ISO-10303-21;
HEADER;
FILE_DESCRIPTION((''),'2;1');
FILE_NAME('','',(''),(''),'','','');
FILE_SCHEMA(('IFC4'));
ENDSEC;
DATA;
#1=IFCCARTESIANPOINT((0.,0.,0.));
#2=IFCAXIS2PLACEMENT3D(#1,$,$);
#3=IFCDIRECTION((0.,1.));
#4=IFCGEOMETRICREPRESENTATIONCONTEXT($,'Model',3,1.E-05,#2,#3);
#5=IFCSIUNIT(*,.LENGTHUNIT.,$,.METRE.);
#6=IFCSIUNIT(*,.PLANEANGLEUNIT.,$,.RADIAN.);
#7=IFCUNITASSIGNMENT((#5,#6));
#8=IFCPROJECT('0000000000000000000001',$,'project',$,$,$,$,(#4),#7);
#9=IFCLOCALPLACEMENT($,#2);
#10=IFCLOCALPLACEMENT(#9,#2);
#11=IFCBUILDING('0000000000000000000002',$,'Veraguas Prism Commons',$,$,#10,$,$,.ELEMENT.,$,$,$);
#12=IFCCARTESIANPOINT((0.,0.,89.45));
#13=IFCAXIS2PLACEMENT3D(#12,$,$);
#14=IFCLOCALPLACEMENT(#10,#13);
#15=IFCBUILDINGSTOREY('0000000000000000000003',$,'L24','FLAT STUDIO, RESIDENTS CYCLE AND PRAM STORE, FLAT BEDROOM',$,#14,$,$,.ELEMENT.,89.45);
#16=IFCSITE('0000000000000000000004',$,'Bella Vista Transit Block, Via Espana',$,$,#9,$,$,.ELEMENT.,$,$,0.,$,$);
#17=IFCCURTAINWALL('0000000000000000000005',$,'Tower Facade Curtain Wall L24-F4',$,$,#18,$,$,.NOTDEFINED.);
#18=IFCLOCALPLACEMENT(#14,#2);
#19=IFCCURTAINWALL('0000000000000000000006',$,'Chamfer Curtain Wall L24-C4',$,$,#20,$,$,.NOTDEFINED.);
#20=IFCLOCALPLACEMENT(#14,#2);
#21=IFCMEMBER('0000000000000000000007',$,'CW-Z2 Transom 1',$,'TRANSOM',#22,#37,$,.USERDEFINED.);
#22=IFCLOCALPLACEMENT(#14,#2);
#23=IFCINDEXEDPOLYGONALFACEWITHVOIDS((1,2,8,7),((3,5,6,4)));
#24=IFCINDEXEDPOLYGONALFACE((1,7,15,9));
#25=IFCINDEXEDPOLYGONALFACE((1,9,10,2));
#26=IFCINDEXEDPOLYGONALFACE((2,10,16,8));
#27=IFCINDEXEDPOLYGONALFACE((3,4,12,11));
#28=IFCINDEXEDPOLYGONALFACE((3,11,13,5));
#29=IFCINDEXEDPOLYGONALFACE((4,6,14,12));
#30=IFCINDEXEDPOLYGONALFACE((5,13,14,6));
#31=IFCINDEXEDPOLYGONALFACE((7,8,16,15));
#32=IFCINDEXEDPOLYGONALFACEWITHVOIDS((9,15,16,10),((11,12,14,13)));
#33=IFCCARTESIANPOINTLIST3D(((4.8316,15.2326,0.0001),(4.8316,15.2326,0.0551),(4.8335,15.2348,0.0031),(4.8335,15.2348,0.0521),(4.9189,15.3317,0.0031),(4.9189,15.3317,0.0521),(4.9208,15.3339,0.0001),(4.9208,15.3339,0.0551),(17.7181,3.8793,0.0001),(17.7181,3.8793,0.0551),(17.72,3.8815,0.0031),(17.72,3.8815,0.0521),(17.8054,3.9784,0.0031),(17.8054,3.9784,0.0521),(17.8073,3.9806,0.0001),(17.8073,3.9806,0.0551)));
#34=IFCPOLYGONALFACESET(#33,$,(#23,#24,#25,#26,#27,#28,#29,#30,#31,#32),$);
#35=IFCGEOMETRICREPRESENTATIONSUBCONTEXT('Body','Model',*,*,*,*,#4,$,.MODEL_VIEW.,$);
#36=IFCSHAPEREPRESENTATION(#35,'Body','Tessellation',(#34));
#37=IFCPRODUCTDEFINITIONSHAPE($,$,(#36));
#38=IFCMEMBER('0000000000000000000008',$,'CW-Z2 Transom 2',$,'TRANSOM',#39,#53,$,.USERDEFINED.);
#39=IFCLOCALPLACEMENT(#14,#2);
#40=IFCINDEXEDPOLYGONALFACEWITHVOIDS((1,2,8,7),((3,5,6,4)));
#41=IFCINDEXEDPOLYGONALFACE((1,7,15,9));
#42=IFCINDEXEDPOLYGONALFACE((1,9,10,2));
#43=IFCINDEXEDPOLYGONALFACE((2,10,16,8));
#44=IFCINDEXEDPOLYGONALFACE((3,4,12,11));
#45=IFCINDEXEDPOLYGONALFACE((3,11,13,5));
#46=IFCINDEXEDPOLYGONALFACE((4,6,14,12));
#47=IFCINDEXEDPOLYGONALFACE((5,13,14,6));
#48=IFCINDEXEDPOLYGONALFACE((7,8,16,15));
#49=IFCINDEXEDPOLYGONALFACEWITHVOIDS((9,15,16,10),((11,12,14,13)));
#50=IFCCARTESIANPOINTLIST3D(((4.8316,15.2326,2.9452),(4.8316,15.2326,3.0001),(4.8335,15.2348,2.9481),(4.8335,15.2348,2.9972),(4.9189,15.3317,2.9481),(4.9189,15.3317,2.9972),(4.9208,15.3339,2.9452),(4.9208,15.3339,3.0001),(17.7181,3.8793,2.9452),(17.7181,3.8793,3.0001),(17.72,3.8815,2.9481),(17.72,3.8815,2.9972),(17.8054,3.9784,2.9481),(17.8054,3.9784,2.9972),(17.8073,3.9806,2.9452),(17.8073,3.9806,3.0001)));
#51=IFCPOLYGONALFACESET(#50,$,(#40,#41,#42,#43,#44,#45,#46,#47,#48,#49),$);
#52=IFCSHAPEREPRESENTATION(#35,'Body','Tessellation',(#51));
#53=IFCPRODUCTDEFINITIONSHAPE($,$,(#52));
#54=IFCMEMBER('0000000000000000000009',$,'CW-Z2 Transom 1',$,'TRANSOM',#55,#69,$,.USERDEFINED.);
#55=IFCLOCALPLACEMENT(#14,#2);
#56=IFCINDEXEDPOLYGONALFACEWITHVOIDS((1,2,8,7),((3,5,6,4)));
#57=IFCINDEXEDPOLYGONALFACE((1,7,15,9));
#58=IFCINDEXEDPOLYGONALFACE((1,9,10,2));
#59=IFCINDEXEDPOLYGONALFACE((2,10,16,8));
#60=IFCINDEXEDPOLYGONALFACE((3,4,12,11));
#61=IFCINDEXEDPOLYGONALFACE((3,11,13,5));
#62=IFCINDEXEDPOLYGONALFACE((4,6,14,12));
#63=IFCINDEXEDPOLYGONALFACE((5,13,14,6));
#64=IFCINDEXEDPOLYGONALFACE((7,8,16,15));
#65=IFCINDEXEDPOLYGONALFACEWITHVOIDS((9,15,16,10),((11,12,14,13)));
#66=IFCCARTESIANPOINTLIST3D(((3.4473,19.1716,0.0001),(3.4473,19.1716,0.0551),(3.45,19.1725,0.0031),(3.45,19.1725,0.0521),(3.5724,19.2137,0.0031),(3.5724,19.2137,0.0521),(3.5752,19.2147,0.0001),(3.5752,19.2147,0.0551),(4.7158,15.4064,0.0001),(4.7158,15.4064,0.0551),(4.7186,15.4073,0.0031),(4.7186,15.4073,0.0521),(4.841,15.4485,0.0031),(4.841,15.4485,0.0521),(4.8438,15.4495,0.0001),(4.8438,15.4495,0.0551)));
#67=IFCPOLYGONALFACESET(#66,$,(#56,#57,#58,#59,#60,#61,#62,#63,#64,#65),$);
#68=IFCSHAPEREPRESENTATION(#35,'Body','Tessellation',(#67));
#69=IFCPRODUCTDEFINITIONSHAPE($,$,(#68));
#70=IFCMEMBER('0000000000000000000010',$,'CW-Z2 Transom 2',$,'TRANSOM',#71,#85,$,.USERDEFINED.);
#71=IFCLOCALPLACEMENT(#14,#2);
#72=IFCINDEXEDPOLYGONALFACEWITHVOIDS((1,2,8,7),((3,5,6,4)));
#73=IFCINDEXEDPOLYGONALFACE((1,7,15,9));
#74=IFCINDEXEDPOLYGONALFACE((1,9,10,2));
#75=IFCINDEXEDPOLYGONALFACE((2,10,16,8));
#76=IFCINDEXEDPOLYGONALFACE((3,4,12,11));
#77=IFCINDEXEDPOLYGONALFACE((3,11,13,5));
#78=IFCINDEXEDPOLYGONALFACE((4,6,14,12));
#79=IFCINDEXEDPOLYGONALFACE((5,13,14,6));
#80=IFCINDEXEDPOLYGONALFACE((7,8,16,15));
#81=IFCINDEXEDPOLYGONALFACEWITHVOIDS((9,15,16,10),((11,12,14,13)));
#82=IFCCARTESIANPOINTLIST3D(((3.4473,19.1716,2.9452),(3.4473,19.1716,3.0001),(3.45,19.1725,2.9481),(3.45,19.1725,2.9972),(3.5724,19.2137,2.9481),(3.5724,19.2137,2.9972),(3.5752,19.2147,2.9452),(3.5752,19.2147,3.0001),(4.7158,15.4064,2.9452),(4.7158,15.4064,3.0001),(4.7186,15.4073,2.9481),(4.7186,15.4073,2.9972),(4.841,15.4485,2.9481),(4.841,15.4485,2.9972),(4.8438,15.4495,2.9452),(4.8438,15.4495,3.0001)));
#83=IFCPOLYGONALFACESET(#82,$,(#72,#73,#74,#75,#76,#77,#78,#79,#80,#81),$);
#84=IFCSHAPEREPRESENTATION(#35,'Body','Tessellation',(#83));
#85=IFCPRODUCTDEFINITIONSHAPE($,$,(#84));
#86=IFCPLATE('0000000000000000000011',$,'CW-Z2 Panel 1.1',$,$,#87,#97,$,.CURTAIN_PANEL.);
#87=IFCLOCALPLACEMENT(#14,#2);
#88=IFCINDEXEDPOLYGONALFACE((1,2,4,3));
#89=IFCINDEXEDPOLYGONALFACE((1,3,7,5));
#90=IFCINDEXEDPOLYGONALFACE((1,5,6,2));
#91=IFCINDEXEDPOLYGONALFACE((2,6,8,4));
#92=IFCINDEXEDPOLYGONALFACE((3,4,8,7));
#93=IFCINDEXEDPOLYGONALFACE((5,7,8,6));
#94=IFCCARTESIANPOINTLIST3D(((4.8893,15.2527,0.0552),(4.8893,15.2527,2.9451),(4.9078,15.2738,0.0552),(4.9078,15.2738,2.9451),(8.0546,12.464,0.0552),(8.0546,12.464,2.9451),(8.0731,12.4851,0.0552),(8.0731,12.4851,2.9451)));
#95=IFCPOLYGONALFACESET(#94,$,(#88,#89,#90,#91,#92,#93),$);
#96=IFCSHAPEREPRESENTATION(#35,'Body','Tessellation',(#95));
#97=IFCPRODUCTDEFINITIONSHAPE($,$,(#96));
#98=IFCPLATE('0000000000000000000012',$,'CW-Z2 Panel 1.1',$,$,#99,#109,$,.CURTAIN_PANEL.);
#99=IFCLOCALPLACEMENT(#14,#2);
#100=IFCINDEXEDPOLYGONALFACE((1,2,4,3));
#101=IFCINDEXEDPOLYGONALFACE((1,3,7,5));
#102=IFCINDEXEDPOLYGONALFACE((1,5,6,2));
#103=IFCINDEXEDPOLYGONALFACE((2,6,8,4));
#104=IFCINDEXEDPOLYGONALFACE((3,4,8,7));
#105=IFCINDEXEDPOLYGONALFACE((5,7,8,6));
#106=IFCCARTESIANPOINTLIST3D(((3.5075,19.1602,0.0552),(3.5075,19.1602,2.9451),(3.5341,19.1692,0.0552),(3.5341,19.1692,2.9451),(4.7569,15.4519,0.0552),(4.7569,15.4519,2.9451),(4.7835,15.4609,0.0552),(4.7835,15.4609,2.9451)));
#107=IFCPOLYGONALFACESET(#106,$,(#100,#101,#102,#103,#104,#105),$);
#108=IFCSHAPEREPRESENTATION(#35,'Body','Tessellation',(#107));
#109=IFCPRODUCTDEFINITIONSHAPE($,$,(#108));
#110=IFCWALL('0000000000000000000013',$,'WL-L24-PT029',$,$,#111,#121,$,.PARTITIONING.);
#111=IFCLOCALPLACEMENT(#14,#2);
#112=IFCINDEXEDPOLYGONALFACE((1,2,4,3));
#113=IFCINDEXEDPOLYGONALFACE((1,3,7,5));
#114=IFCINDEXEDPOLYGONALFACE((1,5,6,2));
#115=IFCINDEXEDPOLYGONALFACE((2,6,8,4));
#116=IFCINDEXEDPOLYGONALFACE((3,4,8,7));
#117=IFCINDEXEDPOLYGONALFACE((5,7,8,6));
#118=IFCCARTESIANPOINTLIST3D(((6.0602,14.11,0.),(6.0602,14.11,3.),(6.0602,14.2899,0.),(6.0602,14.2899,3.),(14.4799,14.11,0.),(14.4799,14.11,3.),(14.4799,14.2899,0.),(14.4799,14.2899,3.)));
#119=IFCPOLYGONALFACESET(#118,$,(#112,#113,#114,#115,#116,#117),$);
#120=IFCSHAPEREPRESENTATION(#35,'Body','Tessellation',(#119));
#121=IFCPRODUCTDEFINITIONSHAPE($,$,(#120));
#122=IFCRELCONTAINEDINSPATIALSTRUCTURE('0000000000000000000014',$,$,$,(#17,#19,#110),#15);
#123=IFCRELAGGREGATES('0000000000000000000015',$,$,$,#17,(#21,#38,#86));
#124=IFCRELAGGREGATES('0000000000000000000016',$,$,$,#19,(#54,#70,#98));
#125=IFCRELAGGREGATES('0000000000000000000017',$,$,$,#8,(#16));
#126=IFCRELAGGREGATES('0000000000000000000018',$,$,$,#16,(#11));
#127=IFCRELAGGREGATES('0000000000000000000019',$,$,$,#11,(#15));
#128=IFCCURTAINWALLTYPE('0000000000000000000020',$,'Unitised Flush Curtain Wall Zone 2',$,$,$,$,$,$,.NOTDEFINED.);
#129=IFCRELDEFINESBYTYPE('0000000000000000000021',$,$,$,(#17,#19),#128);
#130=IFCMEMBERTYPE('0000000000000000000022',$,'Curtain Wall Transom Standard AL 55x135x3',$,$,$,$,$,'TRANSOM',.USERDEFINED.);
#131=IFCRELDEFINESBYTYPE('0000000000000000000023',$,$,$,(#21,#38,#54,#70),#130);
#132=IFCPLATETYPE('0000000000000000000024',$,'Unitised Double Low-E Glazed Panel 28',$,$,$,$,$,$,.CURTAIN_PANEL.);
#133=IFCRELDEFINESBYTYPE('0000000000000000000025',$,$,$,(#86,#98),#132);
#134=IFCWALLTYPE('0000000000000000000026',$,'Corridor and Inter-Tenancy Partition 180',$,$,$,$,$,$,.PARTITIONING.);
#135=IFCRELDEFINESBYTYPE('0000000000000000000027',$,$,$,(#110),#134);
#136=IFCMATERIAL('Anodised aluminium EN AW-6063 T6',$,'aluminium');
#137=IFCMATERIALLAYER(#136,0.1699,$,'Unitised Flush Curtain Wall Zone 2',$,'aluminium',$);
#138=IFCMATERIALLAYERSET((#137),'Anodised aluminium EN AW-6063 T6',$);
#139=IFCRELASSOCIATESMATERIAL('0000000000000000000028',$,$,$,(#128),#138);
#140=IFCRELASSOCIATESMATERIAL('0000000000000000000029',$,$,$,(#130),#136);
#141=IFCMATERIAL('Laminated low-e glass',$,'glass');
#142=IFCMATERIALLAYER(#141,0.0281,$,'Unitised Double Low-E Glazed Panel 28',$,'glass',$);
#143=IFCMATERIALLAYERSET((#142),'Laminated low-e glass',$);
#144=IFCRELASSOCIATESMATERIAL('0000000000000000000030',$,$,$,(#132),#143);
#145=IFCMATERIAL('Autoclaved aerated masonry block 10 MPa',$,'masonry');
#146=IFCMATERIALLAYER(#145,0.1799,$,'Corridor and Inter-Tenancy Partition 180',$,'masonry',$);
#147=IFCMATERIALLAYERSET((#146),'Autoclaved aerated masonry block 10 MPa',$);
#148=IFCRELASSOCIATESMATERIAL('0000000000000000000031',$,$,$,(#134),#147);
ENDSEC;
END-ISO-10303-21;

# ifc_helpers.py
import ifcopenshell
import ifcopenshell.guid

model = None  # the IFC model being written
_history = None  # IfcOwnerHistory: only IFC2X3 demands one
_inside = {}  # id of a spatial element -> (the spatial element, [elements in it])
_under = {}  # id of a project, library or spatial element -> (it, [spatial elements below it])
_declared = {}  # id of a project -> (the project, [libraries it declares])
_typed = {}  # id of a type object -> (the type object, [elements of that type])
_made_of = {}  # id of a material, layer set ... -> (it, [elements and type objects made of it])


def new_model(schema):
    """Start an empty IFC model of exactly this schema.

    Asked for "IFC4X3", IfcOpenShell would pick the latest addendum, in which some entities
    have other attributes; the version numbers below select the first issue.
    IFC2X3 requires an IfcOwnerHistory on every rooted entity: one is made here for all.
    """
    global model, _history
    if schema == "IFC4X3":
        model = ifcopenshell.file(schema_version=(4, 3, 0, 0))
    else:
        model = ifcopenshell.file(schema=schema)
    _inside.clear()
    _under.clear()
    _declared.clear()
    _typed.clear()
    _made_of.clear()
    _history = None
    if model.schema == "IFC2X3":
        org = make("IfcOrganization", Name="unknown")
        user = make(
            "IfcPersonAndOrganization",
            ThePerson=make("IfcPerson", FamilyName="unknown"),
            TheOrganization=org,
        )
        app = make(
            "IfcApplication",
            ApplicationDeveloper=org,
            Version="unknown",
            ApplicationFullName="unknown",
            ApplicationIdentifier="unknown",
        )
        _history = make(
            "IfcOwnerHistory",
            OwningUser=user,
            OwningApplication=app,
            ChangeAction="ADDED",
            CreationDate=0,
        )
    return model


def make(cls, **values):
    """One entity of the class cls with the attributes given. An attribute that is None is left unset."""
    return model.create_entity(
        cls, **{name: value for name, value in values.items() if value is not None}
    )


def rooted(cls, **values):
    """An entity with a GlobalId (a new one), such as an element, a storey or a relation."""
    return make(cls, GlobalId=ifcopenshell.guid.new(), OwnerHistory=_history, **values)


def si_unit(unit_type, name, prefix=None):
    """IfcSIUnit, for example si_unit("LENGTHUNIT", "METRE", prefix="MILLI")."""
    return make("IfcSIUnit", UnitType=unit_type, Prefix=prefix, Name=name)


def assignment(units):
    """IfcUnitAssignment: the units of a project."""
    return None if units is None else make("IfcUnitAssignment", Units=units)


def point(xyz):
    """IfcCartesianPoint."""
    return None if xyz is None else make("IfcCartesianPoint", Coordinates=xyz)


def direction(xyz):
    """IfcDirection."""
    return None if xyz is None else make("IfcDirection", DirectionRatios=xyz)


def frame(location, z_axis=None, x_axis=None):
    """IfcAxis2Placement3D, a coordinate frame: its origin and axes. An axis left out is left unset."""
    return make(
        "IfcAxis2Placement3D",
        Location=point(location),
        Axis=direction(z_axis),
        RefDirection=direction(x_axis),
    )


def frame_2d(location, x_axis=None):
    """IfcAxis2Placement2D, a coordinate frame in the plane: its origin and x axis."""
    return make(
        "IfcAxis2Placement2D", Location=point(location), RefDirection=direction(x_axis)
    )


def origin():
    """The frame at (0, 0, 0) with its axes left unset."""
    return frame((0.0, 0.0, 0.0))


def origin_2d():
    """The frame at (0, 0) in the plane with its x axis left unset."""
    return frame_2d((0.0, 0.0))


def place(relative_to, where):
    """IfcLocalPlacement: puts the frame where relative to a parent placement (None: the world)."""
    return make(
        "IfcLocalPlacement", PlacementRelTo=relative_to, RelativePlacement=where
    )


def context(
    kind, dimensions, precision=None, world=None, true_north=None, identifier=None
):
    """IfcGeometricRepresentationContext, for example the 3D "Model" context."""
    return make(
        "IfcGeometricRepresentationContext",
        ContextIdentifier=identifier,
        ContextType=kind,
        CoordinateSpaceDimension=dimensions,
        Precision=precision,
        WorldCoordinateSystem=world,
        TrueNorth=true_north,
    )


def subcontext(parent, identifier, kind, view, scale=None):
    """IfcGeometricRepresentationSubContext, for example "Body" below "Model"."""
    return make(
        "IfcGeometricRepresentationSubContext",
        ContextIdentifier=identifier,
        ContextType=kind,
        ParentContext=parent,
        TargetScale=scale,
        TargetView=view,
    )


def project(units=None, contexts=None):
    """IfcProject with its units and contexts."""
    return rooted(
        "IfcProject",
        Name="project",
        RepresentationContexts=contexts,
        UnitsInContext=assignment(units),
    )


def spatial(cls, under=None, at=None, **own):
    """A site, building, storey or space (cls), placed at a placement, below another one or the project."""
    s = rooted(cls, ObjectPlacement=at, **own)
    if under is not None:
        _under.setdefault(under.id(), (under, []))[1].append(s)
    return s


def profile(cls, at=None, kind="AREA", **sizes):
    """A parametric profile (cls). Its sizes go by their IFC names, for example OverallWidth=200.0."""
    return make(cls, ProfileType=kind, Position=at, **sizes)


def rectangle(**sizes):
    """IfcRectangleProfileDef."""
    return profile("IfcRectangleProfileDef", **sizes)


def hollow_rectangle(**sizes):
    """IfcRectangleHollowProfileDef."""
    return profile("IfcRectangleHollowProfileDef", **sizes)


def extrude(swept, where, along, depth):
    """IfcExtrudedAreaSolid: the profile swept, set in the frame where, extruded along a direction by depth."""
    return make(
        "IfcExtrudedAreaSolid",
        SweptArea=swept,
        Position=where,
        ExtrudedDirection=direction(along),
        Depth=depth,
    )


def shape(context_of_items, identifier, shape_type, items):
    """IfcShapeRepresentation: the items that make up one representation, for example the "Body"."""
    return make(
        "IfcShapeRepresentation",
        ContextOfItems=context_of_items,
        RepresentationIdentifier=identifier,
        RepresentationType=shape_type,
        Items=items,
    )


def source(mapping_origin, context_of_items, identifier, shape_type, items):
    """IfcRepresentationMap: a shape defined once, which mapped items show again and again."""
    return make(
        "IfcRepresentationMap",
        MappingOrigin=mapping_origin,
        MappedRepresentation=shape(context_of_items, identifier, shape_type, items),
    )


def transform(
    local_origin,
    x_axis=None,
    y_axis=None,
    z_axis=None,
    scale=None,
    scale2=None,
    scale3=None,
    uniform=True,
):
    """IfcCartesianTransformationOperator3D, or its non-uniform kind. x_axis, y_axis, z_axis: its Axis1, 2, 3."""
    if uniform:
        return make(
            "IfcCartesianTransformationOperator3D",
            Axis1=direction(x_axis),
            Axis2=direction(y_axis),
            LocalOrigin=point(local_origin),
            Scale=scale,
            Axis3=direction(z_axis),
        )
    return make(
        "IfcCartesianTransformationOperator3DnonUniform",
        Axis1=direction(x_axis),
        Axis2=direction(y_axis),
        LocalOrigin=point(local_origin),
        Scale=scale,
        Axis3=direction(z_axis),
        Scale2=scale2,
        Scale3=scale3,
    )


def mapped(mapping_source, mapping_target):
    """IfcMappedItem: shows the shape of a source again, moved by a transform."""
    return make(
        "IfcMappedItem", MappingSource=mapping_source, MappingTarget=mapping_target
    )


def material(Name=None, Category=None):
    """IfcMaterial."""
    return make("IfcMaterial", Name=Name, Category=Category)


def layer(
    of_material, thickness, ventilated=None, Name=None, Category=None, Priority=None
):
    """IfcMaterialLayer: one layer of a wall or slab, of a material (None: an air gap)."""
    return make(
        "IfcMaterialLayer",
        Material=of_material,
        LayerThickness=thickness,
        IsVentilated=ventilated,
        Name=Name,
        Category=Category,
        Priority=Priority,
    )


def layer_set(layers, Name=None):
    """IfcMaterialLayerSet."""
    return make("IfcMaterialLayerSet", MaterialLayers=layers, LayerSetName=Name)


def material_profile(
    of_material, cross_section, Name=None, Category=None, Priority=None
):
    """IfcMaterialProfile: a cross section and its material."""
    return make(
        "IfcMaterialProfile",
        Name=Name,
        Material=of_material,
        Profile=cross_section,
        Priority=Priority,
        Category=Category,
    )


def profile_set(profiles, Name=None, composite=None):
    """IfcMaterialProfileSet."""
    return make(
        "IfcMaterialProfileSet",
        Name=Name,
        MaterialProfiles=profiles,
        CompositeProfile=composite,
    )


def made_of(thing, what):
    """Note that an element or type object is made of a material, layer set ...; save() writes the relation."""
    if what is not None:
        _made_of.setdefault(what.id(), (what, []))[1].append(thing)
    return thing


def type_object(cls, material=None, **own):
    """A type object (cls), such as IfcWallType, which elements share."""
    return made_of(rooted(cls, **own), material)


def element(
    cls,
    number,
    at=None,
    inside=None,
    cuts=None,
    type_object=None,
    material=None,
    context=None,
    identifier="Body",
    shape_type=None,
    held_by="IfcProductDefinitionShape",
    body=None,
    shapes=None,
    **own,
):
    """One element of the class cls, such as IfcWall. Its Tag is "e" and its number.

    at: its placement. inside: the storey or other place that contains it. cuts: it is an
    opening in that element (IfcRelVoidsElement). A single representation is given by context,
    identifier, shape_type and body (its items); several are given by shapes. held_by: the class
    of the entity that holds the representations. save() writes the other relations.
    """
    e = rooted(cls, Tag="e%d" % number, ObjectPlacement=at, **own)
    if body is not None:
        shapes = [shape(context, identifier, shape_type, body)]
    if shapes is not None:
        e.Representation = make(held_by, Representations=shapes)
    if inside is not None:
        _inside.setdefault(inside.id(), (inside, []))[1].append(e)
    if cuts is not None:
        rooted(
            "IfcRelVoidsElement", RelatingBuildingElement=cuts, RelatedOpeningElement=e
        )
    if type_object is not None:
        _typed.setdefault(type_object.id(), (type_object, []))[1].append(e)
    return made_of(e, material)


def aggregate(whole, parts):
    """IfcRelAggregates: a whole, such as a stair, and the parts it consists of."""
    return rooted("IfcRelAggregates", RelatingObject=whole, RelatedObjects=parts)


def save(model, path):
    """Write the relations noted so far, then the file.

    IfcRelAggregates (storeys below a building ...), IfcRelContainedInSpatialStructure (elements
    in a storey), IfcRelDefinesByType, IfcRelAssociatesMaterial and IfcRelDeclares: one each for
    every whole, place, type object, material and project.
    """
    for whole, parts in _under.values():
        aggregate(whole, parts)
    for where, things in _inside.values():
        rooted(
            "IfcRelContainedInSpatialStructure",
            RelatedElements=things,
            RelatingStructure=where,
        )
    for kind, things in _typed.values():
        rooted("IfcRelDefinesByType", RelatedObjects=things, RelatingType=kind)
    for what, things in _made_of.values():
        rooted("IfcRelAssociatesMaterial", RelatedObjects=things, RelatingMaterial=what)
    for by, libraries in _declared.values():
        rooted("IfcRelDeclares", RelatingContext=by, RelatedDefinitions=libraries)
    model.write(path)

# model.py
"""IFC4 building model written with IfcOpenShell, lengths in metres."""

from ifc_helpers import new_model, si_unit, direction, frame, frame_2d, origin, origin_2d, place, context, subcontext, project, spatial, rectangle, hollow_rectangle, extrude, source, transform, mapped, material, layer, layer_set, material_profile, profile_set, type_object, element, aggregate, save


model = new_model("IFC4")

# Units and contexts
model_context = context("Model", 3, precision=1e-05, world=origin(), true_north=direction((0.0, 1.0)))
body_context = subcontext(model_context, "Body", "Model", "MODEL_VIEW")
ifc_project = project(units=[si_unit("LENGTHUNIT", "METRE"), si_unit("PLANEANGLEUNIT", "RADIAN")], contexts=[model_context])

# Site, building, storey
site_placement = place(None, origin())
site = spatial("IfcSite", under=ifc_project, at=site_placement, Name="Bella Vista Transit Block, Via Espana", CompositionType="ELEMENT", RefElevation=0.0)
building_placement = place(site_placement, origin())
building = spatial("IfcBuilding", under=site, at=building_placement, Name="Veraguas Prism Commons", CompositionType="ELEMENT")
storey_placement = place(building_placement, frame((0.0, 0.0, 89.45)))
storey = spatial("IfcBuildingStorey", under=building, at=storey_placement, Name="L24", Description="FLAT STUDIO, RESIDENTS CYCLE AND PRAM STORE, FLAT BEDROOM", CompositionType="ELEMENT", Elevation=89.45)

# Shared definitions
ifc_material_1 = material(Name="Anodised aluminium EN AW-6063 T6", Category="aluminium")
ifc_layer_1 = layer(ifc_material_1, 0.1699, Name="Unitised Flush Curtain Wall Zone 2", Category="aluminium")
ifc_layer_set_1 = layer_set([ifc_layer_1], Name="Anodised aluminium EN AW-6063 T6")
curtain_wall_type = type_object("IfcCurtainWallType", Name="Unitised Flush Curtain Wall Zone 2", PredefinedType="NOTDEFINED", material=ifc_layer_set_1)

# Curtain walls
curtain_wall_1_placement = place(storey_placement, origin())
curtain_wall_1 = element("IfcCurtainWall", 1, at=curtain_wall_1_placement, inside=storey, type_object=curtain_wall_type, Name="Tower Facade Curtain Wall L24-F4", PredefinedType="NOTDEFINED")
curtain_wall_2_placement = place(storey_placement, origin())
curtain_wall_2 = element("IfcCurtainWall", 2, at=curtain_wall_2_placement, inside=storey, type_object=curtain_wall_type, Name="Chamfer Curtain Wall L24-C4", PredefinedType="NOTDEFINED")

# Members
ifc_material_profile_1 = material_profile(ifc_material_1, hollow_rectangle(XDim=0.0549, YDim=0.135, WallThickness=0.0029, at=origin_2d()), Name="AL55X135X3")
ifc_profile_set_1 = profile_set([ifc_material_profile_1], Name="Anodised aluminium EN AW-6063 T6")
member_type_1 = type_object("IfcMemberType", Name="Curtain Wall Transom Standard AL 55x135x3", ElementType="TRANSOM", PredefinedType="USERDEFINED", material=ifc_profile_set_1)
shared_shape_1 = source(origin(), body_context, "Body", "SweptSolid", [
    extrude(hollow_rectangle(XDim=0.0549, YDim=0.135, WallThickness=0.0029, at=origin_2d()), origin(), (0.0, 0.0, 1.0), 17.1743),
])
member_1_placement = place(storey_placement, frame((4.8762, 15.2832, 0.0276), z_axis=(0.750333, -0.66106, 0.0), x_axis=(0.0, 0.0, 1.0)))
member_1 = element("IfcMember", 3, at=member_1_placement, type_object=member_type_1, Name="CW-Z2 Transom 1", ObjectType="TRANSOM", PredefinedType="USERDEFINED", context=body_context, shape_type="MappedRepresentation", body=[
    mapped(shared_shape_1, transform((0.0, 0.0, 0.0), scale=1.0)),
])
member_2_placement = place(storey_placement, frame((4.8762, 15.2832, 2.9727), z_axis=(0.750333, -0.66106, 0.0), x_axis=(0.0, 0.0, 1.0)))
member_2 = element("IfcMember", 4, at=member_2_placement, type_object=member_type_1, Name="CW-Z2 Transom 2", ObjectType="TRANSOM", PredefinedType="USERDEFINED", context=body_context, shape_type="MappedRepresentation", body=[
    mapped(shared_shape_1, transform((0.0, 0.0, 0.0), scale=1.0)),
])
shared_shape_2 = source(origin(), body_context, "Body", "SweptSolid", [
    extrude(hollow_rectangle(XDim=0.0549, YDim=0.135, WallThickness=0.0029, at=origin_2d()), origin(), (0.0, 0.0, 1.0), 3.9731),
])
member_3_placement = place(storey_placement, frame((3.5112, 19.1931, 0.0276), z_axis=(0.319286, -0.947658, 0.0), x_axis=(0.0, 0.0, 1.0)))
member_3 = element("IfcMember", 5, at=member_3_placement, type_object=member_type_1, Name="CW-Z2 Transom 1", ObjectType="TRANSOM", PredefinedType="USERDEFINED", context=body_context, shape_type="MappedRepresentation", body=[
    mapped(shared_shape_2, transform((0.0, 0.0, 0.0), scale=1.0)),
])
member_4_placement = place(storey_placement, frame((3.5112, 19.1931, 2.9727), z_axis=(0.319286, -0.947658, 0.0), x_axis=(0.0, 0.0, 1.0)))
member_4 = element("IfcMember", 6, at=member_4_placement, type_object=member_type_1, Name="CW-Z2 Transom 2", ObjectType="TRANSOM", PredefinedType="USERDEFINED", context=body_context, shape_type="MappedRepresentation", body=[
    mapped(shared_shape_2, transform((0.0, 0.0, 0.0), scale=1.0)),
])

# Plates
ifc_material_2 = material(Name="Laminated low-e glass", Category="glass")
ifc_layer_2 = layer(ifc_material_2, 0.0281, Name="Unitised Double Low-E Glazed Panel 28", Category="glass")
ifc_layer_set_2 = layer_set([ifc_layer_2], Name="Laminated low-e glass")
plate_type = type_object("IfcPlateType", Name="Unitised Double Low-E Glazed Panel 28", PredefinedType="CURTAIN_PANEL", material=ifc_layer_set_2)
shared_shape_3 = source(origin(), body_context, "Body", "SweptSolid", [
    extrude(rectangle(XDim=4.2185, YDim=0.0281, at=origin_2d()), origin(), (0.0, 0.0, 1.0), 2.8899),
])
plate_1_placement = place(storey_placement, frame((6.4812, 13.8689, 0.0552), z_axis=(0.0, 0.0, 1.0), x_axis=(0.750342, -0.66105, 0.0)))
plate_1 = element("IfcPlate", 7, at=plate_1_placement, type_object=plate_type, Name="CW-Z2 Panel 1.1", PredefinedType="CURTAIN_PANEL", context=body_context, shape_type="MappedRepresentation", body=[
    mapped(shared_shape_3, transform((0.0, 0.0, 0.0), scale=1.0)),
])
aggregate(curtain_wall_1, [member_1, member_2, plate_1])
shared_shape_4 = source(origin(), body_context, "Body", "SweptSolid", [
    extrude(rectangle(XDim=3.9131, YDim=0.0281, at=origin_2d()), origin(), (0.0, 0.0, 1.0), 2.8899),
])
plate_2_placement = place(storey_placement, frame((4.1455, 17.3105, 0.0552), z_axis=(0.0, 0.0, 1.0), x_axis=(0.31929, -0.947657, 0.0)))
plate_2 = element("IfcPlate", 8, at=plate_2_placement, type_object=plate_type, Name="CW-Z2 Panel 1.1", PredefinedType="CURTAIN_PANEL", context=body_context, shape_type="MappedRepresentation", body=[
    mapped(shared_shape_4, transform((0.0, 0.0, 0.0), scale=1.0)),
])
aggregate(curtain_wall_2, [member_3, member_4, plate_2])

# Wall
ifc_material_3 = material(Name="Autoclaved aerated masonry block 10 MPa", Category="masonry")
ifc_layer_3 = layer(ifc_material_3, 0.1799, Name="Corridor and Inter-Tenancy Partition 180", Category="masonry")
ifc_layer_set_3 = layer_set([ifc_layer_3], Name="Autoclaved aerated masonry block 10 MPa")
wall_type = type_object("IfcWallType", Name="Corridor and Inter-Tenancy Partition 180", PredefinedType="PARTITIONING", material=ifc_layer_set_3)
wall_placement = place(storey_placement, frame((14.48, 14.2, 0.0), z_axis=(0.0, 0.0, 1.0), x_axis=(-1.0, 0.0, 0.0)))
element("IfcWall", 9, at=wall_placement, inside=storey, type_object=wall_type, Name="WL-L24-PT029", PredefinedType="PARTITIONING", context=body_context, shape_type="SweptSolid", body=[
    extrude(rectangle(XDim=8.4197, YDim=0.1799, at=frame_2d((4.21, 0.0))), origin(), (0.0, 0.0, 1.0), 3.0),
])

save(model, "model.ifc")
